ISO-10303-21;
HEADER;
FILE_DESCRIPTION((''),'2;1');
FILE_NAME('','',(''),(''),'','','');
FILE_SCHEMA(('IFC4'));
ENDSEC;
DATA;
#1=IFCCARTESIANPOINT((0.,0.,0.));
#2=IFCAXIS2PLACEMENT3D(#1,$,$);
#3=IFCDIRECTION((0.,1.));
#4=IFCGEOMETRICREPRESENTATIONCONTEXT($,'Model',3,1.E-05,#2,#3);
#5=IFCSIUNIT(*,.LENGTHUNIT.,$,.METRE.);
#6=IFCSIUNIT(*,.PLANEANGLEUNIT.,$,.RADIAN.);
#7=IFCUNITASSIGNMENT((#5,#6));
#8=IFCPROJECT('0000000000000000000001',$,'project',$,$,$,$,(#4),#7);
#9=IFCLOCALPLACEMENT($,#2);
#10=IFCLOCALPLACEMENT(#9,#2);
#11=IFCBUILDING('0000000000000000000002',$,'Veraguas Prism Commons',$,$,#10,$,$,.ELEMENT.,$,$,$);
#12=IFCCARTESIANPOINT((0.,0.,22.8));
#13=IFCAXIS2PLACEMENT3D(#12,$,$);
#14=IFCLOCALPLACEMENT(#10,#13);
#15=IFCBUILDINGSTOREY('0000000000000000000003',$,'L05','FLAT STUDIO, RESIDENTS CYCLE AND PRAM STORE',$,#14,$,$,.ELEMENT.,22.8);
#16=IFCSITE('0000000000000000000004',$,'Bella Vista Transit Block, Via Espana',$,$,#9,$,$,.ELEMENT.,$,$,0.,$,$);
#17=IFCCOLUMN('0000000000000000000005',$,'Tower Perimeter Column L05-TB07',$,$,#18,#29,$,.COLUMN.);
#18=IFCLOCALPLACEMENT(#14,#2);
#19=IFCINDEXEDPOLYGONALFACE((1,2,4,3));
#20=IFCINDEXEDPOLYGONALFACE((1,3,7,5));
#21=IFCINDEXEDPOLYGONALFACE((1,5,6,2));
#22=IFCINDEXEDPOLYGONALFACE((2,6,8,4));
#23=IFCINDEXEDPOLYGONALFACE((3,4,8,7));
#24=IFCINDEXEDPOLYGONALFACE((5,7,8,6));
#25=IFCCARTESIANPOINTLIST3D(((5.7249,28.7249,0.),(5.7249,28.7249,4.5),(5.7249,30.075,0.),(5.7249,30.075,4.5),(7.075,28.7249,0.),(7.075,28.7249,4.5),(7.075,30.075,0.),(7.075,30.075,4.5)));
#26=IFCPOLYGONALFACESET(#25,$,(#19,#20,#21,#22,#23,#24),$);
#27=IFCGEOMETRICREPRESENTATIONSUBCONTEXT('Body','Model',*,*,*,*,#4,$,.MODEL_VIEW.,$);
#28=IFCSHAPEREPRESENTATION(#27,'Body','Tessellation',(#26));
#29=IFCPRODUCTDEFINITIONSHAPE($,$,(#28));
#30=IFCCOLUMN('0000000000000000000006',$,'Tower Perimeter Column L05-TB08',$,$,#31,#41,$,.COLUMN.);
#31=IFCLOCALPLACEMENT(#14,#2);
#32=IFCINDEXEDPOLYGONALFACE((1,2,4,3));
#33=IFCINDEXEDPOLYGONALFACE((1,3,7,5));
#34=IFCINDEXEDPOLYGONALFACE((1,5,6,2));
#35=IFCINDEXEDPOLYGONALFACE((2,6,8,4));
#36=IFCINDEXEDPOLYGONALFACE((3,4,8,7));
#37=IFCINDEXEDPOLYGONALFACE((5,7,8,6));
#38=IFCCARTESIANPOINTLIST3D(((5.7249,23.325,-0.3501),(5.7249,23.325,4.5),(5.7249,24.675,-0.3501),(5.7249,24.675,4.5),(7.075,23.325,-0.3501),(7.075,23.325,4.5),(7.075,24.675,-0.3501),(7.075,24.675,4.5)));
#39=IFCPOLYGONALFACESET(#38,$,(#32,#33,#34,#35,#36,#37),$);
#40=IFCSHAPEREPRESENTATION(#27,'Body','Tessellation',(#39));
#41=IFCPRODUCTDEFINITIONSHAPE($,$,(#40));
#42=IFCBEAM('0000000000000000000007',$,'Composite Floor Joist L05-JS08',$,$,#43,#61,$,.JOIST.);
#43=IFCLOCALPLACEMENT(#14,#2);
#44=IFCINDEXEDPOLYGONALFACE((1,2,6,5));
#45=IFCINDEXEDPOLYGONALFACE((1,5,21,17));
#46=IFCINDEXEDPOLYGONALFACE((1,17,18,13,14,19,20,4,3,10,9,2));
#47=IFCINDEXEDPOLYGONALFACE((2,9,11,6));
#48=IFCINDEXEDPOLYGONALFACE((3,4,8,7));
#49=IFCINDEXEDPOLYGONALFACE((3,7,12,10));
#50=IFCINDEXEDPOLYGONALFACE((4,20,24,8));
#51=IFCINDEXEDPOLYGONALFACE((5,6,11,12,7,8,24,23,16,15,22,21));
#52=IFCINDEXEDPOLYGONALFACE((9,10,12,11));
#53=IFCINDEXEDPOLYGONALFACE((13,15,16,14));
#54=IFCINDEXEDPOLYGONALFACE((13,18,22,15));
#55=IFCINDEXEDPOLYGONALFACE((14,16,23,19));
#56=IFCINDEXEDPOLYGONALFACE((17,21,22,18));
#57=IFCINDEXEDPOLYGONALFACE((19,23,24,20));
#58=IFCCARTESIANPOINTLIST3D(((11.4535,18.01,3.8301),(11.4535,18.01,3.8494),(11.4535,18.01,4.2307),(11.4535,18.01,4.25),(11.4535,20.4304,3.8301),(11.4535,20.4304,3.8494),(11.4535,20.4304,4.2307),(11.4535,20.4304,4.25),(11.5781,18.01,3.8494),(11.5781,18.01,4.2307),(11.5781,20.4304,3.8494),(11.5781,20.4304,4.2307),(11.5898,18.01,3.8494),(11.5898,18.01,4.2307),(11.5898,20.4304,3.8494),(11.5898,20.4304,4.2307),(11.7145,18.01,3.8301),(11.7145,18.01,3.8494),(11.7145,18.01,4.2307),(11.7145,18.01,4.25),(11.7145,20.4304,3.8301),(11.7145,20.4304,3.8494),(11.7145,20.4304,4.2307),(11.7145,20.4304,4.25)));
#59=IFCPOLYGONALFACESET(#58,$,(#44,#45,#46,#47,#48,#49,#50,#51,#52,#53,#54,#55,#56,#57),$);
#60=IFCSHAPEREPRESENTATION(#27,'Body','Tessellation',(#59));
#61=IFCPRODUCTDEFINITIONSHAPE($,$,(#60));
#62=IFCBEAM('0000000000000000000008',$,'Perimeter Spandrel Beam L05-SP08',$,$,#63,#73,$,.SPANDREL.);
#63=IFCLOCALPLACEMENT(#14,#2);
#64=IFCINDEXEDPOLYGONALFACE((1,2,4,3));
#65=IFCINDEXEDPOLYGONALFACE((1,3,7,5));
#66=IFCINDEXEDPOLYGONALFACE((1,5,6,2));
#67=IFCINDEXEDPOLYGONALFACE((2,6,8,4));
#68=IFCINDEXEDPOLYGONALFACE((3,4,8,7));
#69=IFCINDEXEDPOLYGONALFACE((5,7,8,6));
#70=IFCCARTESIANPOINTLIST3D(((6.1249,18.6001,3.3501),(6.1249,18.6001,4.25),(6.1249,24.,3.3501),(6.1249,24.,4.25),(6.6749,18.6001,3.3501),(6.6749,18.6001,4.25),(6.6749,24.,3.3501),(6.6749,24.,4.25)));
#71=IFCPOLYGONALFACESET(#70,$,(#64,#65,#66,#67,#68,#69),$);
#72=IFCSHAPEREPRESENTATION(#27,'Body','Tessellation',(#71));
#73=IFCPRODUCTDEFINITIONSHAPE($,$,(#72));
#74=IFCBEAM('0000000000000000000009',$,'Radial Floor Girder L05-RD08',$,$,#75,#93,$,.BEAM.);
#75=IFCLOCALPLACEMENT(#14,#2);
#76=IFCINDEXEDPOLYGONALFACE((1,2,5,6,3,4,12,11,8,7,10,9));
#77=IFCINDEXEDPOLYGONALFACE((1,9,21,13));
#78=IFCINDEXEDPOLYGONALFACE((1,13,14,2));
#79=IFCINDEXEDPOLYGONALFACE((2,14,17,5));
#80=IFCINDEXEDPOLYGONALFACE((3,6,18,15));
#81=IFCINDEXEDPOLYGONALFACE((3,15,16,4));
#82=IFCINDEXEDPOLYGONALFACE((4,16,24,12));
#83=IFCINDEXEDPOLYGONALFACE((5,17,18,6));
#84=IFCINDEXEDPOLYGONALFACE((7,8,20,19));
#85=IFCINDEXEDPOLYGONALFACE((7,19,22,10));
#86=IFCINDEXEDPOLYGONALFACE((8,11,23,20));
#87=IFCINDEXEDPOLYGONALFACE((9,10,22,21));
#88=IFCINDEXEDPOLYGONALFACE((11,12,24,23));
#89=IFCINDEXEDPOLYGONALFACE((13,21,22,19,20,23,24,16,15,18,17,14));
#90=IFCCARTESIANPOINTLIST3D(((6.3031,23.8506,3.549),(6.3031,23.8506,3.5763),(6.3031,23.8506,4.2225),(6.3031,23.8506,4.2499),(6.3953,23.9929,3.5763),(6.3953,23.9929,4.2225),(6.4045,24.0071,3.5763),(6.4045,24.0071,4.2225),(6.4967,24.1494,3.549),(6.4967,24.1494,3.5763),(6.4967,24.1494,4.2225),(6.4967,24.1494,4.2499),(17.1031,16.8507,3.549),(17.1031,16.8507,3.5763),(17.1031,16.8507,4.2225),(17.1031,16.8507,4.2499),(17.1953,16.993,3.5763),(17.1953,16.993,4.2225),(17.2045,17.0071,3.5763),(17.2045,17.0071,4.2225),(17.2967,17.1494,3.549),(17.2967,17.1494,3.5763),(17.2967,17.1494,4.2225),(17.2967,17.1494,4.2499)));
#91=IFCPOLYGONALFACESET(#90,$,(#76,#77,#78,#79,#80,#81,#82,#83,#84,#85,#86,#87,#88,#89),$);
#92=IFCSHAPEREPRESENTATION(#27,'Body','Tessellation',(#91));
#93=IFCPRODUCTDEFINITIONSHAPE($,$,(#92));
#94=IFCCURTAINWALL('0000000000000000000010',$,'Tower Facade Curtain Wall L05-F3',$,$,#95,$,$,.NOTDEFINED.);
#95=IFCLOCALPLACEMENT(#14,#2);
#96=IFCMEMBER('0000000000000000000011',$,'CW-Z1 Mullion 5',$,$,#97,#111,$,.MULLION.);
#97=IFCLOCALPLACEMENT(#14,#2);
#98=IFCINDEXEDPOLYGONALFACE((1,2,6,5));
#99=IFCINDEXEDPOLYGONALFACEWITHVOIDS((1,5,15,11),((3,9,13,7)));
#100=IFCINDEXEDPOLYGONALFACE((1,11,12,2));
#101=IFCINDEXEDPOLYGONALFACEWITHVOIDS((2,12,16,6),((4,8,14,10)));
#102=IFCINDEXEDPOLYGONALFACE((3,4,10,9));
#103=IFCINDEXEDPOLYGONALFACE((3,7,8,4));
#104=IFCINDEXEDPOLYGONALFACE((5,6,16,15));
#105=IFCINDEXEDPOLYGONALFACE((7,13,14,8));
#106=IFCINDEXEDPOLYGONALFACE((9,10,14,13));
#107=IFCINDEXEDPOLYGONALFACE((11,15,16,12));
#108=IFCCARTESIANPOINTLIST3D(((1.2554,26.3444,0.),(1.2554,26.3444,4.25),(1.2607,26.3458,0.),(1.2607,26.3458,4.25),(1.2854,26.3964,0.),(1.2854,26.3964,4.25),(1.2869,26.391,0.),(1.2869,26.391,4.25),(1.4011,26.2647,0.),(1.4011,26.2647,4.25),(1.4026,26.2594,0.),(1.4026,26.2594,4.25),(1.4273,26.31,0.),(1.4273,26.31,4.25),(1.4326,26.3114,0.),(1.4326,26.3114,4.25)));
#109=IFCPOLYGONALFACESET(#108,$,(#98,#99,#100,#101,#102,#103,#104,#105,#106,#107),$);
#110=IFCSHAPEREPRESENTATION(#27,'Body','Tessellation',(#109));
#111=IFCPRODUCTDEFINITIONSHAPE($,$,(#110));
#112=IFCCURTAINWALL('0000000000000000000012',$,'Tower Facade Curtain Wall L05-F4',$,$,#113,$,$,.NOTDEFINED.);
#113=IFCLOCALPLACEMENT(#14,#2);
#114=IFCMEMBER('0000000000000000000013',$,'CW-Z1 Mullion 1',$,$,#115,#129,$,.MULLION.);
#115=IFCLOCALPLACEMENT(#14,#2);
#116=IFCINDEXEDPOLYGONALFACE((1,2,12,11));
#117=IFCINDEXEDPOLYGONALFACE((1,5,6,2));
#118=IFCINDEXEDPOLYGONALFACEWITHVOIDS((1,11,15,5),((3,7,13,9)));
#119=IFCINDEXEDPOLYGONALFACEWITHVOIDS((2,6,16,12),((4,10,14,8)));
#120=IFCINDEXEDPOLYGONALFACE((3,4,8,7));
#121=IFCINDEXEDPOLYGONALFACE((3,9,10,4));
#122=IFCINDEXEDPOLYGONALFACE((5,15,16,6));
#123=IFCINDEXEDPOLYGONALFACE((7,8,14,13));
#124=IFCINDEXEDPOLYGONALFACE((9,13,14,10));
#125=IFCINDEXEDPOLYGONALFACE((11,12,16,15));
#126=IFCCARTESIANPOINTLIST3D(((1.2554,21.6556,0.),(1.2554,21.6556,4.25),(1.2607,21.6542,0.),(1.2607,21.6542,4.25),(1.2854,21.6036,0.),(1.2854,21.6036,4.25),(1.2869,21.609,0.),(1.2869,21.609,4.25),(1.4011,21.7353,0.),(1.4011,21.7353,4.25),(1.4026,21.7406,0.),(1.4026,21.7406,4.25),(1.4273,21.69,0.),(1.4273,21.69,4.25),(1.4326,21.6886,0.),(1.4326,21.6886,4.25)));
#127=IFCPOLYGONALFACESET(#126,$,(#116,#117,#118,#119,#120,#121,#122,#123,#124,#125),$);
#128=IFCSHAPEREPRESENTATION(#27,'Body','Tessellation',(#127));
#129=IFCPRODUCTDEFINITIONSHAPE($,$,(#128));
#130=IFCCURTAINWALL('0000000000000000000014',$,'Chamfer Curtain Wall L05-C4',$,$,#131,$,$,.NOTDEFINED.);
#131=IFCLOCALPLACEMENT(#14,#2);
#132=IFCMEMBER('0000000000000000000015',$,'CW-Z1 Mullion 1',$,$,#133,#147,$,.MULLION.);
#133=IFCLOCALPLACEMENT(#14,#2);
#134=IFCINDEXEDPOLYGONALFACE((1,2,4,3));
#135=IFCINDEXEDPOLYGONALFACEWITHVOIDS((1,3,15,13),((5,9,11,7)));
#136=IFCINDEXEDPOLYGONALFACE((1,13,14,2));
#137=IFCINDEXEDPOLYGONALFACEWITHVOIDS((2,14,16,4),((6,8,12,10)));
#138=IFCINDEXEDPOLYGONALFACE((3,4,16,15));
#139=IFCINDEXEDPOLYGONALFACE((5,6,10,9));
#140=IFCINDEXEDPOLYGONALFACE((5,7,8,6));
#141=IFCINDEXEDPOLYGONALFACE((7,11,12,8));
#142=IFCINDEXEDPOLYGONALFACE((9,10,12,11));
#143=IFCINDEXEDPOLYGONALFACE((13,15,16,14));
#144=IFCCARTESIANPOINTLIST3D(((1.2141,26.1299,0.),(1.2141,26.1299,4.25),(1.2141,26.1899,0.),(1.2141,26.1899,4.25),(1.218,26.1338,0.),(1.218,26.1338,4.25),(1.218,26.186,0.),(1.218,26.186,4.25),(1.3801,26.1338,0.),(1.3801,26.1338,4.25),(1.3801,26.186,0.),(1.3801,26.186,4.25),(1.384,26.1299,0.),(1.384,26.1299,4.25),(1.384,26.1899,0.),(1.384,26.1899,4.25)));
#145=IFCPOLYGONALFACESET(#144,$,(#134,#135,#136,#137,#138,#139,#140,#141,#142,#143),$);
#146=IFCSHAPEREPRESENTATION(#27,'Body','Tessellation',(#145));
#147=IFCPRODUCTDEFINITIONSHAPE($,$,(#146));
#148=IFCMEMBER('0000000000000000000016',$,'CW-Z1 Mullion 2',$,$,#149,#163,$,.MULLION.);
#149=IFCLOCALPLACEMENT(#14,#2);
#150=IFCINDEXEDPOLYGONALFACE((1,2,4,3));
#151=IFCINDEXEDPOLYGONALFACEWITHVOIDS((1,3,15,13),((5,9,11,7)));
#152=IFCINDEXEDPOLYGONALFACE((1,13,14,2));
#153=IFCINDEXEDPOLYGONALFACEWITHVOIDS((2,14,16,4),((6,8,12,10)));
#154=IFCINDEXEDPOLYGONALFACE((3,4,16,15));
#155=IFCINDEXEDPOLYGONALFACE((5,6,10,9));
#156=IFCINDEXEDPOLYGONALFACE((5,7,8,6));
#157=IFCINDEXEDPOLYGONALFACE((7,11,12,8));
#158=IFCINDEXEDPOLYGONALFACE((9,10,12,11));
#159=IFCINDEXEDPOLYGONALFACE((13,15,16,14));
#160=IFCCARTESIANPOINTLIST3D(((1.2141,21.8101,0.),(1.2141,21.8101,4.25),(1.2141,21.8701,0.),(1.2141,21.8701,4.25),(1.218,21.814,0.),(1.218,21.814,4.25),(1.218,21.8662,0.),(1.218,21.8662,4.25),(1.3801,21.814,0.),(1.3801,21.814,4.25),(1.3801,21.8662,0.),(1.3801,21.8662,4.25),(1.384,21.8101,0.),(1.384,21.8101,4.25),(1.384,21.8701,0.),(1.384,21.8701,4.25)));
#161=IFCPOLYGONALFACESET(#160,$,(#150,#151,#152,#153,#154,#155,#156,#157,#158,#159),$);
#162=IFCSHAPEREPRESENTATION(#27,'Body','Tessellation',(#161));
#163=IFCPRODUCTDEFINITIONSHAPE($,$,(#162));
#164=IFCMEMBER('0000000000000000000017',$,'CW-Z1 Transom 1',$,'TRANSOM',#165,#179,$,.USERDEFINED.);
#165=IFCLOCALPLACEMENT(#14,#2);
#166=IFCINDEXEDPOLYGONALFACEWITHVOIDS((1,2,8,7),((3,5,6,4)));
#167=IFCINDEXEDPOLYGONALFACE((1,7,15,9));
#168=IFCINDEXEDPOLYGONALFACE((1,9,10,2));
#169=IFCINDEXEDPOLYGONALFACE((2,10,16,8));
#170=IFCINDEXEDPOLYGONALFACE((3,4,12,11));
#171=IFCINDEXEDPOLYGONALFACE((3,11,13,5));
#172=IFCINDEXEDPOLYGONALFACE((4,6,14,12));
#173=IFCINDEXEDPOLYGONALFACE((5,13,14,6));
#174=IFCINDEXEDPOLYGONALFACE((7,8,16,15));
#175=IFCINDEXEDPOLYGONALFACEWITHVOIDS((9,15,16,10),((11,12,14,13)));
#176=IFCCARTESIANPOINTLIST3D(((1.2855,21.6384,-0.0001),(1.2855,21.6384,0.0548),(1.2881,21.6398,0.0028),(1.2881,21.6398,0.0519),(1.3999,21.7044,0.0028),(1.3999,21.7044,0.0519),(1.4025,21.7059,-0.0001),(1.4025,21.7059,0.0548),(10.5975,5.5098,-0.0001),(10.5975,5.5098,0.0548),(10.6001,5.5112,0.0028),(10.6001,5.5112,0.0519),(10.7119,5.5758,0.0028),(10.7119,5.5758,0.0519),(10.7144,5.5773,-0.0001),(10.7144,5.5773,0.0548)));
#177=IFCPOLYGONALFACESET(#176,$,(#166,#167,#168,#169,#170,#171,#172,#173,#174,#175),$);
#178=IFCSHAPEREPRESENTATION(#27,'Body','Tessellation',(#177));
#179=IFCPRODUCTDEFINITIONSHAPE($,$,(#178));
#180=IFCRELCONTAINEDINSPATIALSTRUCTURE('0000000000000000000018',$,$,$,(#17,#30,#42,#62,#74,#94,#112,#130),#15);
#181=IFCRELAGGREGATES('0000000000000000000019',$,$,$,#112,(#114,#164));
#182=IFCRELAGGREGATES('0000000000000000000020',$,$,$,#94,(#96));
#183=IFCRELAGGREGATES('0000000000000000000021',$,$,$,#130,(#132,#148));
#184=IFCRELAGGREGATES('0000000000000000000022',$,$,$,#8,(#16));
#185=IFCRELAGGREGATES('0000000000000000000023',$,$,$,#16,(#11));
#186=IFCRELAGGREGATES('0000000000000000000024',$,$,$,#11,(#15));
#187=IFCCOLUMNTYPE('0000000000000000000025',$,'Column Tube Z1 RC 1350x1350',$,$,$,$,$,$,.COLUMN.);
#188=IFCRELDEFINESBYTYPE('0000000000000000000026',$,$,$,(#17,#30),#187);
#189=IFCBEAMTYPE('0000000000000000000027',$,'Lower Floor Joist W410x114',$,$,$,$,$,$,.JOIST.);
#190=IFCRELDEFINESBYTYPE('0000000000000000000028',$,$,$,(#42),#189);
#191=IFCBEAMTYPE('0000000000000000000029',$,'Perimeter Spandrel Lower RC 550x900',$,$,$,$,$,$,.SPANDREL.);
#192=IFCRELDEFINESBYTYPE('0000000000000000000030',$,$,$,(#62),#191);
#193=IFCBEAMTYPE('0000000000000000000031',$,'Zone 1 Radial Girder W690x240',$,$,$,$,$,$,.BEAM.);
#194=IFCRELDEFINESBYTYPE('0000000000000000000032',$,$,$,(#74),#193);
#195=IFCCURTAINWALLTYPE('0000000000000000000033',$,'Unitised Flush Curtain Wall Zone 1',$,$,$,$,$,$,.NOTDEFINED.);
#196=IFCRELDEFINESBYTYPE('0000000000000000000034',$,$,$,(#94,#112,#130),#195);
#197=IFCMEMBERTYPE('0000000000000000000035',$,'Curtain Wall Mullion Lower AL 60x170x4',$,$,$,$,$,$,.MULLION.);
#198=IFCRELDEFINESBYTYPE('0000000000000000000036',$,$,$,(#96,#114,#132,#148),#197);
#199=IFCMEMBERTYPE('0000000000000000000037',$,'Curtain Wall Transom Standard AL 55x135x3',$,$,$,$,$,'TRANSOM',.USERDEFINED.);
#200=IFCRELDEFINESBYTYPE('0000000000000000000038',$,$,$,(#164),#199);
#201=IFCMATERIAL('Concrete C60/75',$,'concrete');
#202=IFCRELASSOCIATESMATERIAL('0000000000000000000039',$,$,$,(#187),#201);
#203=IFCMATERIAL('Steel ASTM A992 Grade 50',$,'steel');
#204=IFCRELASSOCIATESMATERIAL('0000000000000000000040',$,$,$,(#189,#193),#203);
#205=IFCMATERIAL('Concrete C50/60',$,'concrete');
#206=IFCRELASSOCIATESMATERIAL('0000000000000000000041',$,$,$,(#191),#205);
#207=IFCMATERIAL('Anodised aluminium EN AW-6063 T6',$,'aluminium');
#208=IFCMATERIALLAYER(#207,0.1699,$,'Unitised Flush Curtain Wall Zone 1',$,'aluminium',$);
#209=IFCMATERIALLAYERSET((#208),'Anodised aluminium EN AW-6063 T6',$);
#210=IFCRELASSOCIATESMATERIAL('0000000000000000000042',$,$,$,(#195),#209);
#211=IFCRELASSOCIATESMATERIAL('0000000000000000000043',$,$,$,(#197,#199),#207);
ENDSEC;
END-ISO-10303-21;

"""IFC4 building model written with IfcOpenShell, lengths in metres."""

from ifc_helpers import new_model, si_unit, direction, frame, origin, origin_2d, place, context, subcontext, project, spatial, rectangle, hollow_rectangle, i_section, extrude, source, transform, mapped, material, layer, layer_set, material_profile, profile_set, type_object, element, aggregate, save


model = new_model("IFC4")

# Units and contexts
model_context = context("Model", 3, precision=1e-05, world=origin(), true_north=direction((0.0, 1.0)))
body_context = subcontext(model_context, "Body", "Model", "MODEL_VIEW")
ifc_project = project(units=[si_unit("LENGTHUNIT", "METRE"), si_unit("PLANEANGLEUNIT", "RADIAN")], contexts=[model_context])

# Site, building, storey
site_placement = place(None, origin())
site = spatial("IfcSite", under=ifc_project, at=site_placement, Name="Bella Vista Transit Block, Via Espana", CompositionType="ELEMENT", RefElevation=0.0)
building_placement = place(site_placement, origin())
building = spatial("IfcBuilding", under=site, at=building_placement, Name="Veraguas Prism Commons", CompositionType="ELEMENT")
storey_placement = place(building_placement, frame((0.0, 0.0, 22.8)))
storey = spatial("IfcBuildingStorey", under=building, at=storey_placement, Name="L05", Description="FLAT STUDIO, RESIDENTS CYCLE AND PRAM STORE", CompositionType="ELEMENT", Elevation=22.8)

# Columns
ifc_material_1 = material(Name="Concrete C60/75", Category="concrete")
ifc_material_profile_1 = material_profile(ifc_material_1, rectangle(XDim=1.3501, YDim=1.3501, at=origin_2d()), Name="RC1350X1350")
ifc_profile_set_1 = profile_set([ifc_material_profile_1], Name="Concrete C60/75")
column_type = type_object("IfcColumnType", Name="Column Tube Z1 RC 1350x1350", PredefinedType="COLUMN", material=ifc_profile_set_1)
column_1_placement = place(storey_placement, frame((6.3999, 29.3999, 0.0), z_axis=(0.0, 0.0, 1.0), x_axis=(1.0, 0.0, 0.0)))
element("IfcColumn", 1, at=column_1_placement, inside=storey, type_object=column_type, Name="Tower Perimeter Column L05-TB07", PredefinedType="COLUMN", context=body_context, shape_type="SweptSolid", body=[
    extrude(rectangle(XDim=1.3501, YDim=1.3501, at=origin_2d()), origin(), (0.0, 0.0, 1.0), 4.5),
])
column_2_placement = place(storey_placement, frame((6.3999, 24.0, -0.3501), z_axis=(0.0, 0.0, 1.0), x_axis=(1.0, 0.0, 0.0)))
element("IfcColumn", 2, at=column_2_placement, inside=storey, type_object=column_type, Name="Tower Perimeter Column L05-TB08", PredefinedType="COLUMN", context=body_context, shape_type="SweptSolid", body=[
    extrude(rectangle(XDim=1.3501, YDim=1.3501, at=origin_2d()), origin(), (0.0, 0.0, 1.0), 4.8501),
])

# Beams
ifc_material_2 = material(Name="Steel ASTM A992 Grade 50", Category="steel")
ifc_material_profile_2 = material_profile(ifc_material_2, i_section(OverallWidth=0.261, OverallDepth=0.4199, WebThickness=0.0117, FlangeThickness=0.0193, at=origin_2d()), Name="W410X114")
ifc_profile_set_2 = profile_set([ifc_material_profile_2], Name="Steel ASTM A992 Grade 50")
beam_type_1 = type_object("IfcBeamType", Name="Lower Floor Joist W410x114", PredefinedType="JOIST", material=ifc_profile_set_2)
beam_1_placement = place(storey_placement, frame((11.584, 20.4304, 4.04), z_axis=(0.0, -1.0, 0.0), x_axis=(1.0, 0.0, 0.0)))
element("IfcBeam", 3, at=beam_1_placement, inside=storey, type_object=beam_type_1, Name="Composite Floor Joist L05-JS08", PredefinedType="JOIST", context=body_context, shape_type="SweptSolid", body=[
    extrude(i_section(OverallWidth=0.261, OverallDepth=0.4199, WebThickness=0.0117, FlangeThickness=0.0193, at=origin_2d()), origin(), (0.0, 0.0, 1.0), 2.4204),
])
ifc_material_3 = material(Name="Concrete C50/60", Category="concrete")
ifc_material_profile_3 = material_profile(ifc_material_3, rectangle(XDim=0.55, YDim=0.8999, at=origin_2d()), Name="RC550X900")
ifc_profile_set_3 = profile_set([ifc_material_profile_3], Name="Concrete C50/60")
beam_type_2 = type_object("IfcBeamType", Name="Perimeter Spandrel Lower RC 550x900", PredefinedType="SPANDREL", material=ifc_profile_set_3)
beam_2_placement = place(storey_placement, frame((6.3999, 24.0, 3.8), z_axis=(0.0, -1.0, 0.0), x_axis=(1.0, 0.0, 0.0)))
element("IfcBeam", 4, at=beam_2_placement, inside=storey, type_object=beam_type_2, Name="Perimeter Spandrel Beam L05-SP08", PredefinedType="SPANDREL", context=body_context, shape_type="SweptSolid", body=[
    extrude(rectangle(XDim=0.55, YDim=0.8999, at=origin_2d()), origin(), (0.0, 0.0, 1.0), 5.3999),
])
ifc_material_profile_4 = material_profile(ifc_material_2, i_section(OverallWidth=0.356, OverallDepth=0.7009, WebThickness=0.0168, FlangeThickness=0.0273, at=origin_2d()), Name="W690X240")
ifc_profile_set_4 = profile_set([ifc_material_profile_4], Name="Steel ASTM A992 Grade 50")
beam_type_3 = type_object("IfcBeamType", Name="Zone 1 Radial Girder W690x240", PredefinedType="BEAM", material=ifc_profile_set_4)
beam_3_placement = place(storey_placement, frame((6.3999, 24.0, 3.8994), z_axis=(0.839154, -0.543894, 0.0), x_axis=(0.543894, 0.839154, 0.0)))
element("IfcBeam", 5, at=beam_3_placement, inside=storey, type_object=beam_type_3, Name="Radial Floor Girder L05-RD08", PredefinedType="BEAM", context=body_context, shape_type="SweptSolid", body=[
    extrude(i_section(OverallWidth=0.356, OverallDepth=0.7009, WebThickness=0.0168, FlangeThickness=0.0273, at=origin_2d()), origin(), (0.0, 0.0, 1.0), 12.8701),
])

# Curtain walls, members
ifc_material_4 = material(Name="Anodised aluminium EN AW-6063 T6", Category="aluminium")
ifc_layer_1 = layer(ifc_material_4, 0.1699, Name="Unitised Flush Curtain Wall Zone 1", Category="aluminium")
ifc_layer_set_1 = layer_set([ifc_layer_1], Name="Anodised aluminium EN AW-6063 T6")
curtain_wall_type = type_object("IfcCurtainWallType", Name="Unitised Flush Curtain Wall Zone 1", PredefinedType="NOTDEFINED", material=ifc_layer_set_1)
curtain_wall_1_placement = place(storey_placement, origin())
curtain_wall_1 = element("IfcCurtainWall", 6, at=curtain_wall_1_placement, inside=storey, type_object=curtain_wall_type, Name="Tower Facade Curtain Wall L05-F3", PredefinedType="NOTDEFINED")
ifc_material_profile_5 = material_profile(ifc_material_4, hollow_rectangle(XDim=0.0601, YDim=0.1699, WallThickness=0.0039, at=origin_2d()), Name="AL60X170X4")
ifc_profile_set_5 = profile_set([ifc_material_profile_5], Name="Anodised aluminium EN AW-6063 T6")
member_type_1 = type_object("IfcMemberType", Name="Curtain Wall Mullion Lower AL 60x170x4", PredefinedType="MULLION", material=ifc_profile_set_5)
shared_shape_1 = source(origin(), body_context, "Body", "SweptSolid", [
    extrude(hollow_rectangle(XDim=0.0601, YDim=0.1699, WallThickness=0.0039, at=origin_2d()), origin(), (0.0, 0.0, 1.0), 4.25),
])
member_1_placement = place(storey_placement, frame((1.344, 26.3279, 0.0), z_axis=(0.0, 0.0, 1.0), x_axis=(-0.500005, -0.866023, 0.0)))
member_1 = element("IfcMember", 7, at=member_1_placement, type_object=member_type_1, Name="CW-Z1 Mullion 5", PredefinedType="MULLION", context=body_context, shape_type="MappedRepresentation", body=[
    mapped(shared_shape_1, transform((0.0, 0.0, 0.0), scale=1.0)),
])
curtain_wall_2_placement = place(storey_placement, origin())
curtain_wall_2 = element("IfcCurtainWall", 8, at=curtain_wall_2_placement, inside=storey, type_object=curtain_wall_type, Name="Tower Facade Curtain Wall L05-F4", PredefinedType="NOTDEFINED")
member_2_placement = place(storey_placement, frame((1.344, 21.6721, 0.0), z_axis=(0.0, 0.0, 1.0), x_axis=(0.500005, -0.866023, 0.0)))
member_2 = element("IfcMember", 9, at=member_2_placement, type_object=member_type_1, Name="CW-Z1 Mullion 1", PredefinedType="MULLION", context=body_context, shape_type="MappedRepresentation", body=[
    mapped(shared_shape_1, transform((0.0, 0.0, 0.0), scale=1.0)),
])

# Curtain wall, members
curtain_wall_3_placement = place(storey_placement, origin())
curtain_wall_3 = element("IfcCurtainWall", 10, at=curtain_wall_3_placement, inside=storey, type_object=curtain_wall_type, Name="Chamfer Curtain Wall L05-C4", PredefinedType="NOTDEFINED")
member_3_placement = place(storey_placement, frame((1.2991, 26.1599, 0.0), z_axis=(0.0, 0.0, 1.0), x_axis=(0.0, -1.0, 0.0)))
member_3 = element("IfcMember", 11, at=member_3_placement, type_object=member_type_1, Name="CW-Z1 Mullion 1", PredefinedType="MULLION", context=body_context, shape_type="MappedRepresentation", body=[
    mapped(shared_shape_1, transform((0.0, 0.0, 0.0), scale=1.0)),
])
member_4_placement = place(storey_placement, frame((1.2991, 21.8401, 0.0), z_axis=(0.0, 0.0, 1.0), x_axis=(0.0, -1.0, 0.0)))
member_4 = element("IfcMember", 12, at=member_4_placement, type_object=member_type_1, Name="CW-Z1 Mullion 2", PredefinedType="MULLION", context=body_context, shape_type="MappedRepresentation", body=[
    mapped(shared_shape_1, transform((0.0, 0.0, 0.0), scale=1.0)),
])

# Member
ifc_material_profile_6 = material_profile(ifc_material_4, hollow_rectangle(XDim=0.0549, YDim=0.135, WallThickness=0.0029, at=origin_2d()), Name="AL55X135X3")
ifc_profile_set_6 = profile_set([ifc_material_profile_6], Name="Anodised aluminium EN AW-6063 T6")
member_type_2 = type_object("IfcMemberType", Name="Curtain Wall Transom Standard AL 55x135x3", ElementType="TRANSOM", PredefinedType="USERDEFINED", material=ifc_profile_set_6)
shared_shape_2 = source(origin(), body_context, "Body", "SweptSolid", [
    extrude(hollow_rectangle(XDim=0.0549, YDim=0.135, WallThickness=0.0029, at=origin_2d()), origin(), (0.0, 0.0, 1.0), 18.6238),
])
member_5_placement = place(storey_placement, frame((1.344, 21.6721, 0.0273), z_axis=(0.500005, -0.866023, 0.0), x_axis=(0.0, 0.0, 1.0)))
member_5 = element("IfcMember", 13, at=member_5_placement, type_object=member_type_2, Name="CW-Z1 Transom 1", ObjectType="TRANSOM", PredefinedType="USERDEFINED", context=body_context, shape_type="MappedRepresentation", body=[
    mapped(shared_shape_2, transform((0.0, 0.0, 0.0), scale=1.0)),
])
aggregate(curtain_wall_2, [member_2, member_5])

aggregate(curtain_wall_1, [member_1])
aggregate(curtain_wall_3, [member_3, member_4])

save(model, "model.ifc")
